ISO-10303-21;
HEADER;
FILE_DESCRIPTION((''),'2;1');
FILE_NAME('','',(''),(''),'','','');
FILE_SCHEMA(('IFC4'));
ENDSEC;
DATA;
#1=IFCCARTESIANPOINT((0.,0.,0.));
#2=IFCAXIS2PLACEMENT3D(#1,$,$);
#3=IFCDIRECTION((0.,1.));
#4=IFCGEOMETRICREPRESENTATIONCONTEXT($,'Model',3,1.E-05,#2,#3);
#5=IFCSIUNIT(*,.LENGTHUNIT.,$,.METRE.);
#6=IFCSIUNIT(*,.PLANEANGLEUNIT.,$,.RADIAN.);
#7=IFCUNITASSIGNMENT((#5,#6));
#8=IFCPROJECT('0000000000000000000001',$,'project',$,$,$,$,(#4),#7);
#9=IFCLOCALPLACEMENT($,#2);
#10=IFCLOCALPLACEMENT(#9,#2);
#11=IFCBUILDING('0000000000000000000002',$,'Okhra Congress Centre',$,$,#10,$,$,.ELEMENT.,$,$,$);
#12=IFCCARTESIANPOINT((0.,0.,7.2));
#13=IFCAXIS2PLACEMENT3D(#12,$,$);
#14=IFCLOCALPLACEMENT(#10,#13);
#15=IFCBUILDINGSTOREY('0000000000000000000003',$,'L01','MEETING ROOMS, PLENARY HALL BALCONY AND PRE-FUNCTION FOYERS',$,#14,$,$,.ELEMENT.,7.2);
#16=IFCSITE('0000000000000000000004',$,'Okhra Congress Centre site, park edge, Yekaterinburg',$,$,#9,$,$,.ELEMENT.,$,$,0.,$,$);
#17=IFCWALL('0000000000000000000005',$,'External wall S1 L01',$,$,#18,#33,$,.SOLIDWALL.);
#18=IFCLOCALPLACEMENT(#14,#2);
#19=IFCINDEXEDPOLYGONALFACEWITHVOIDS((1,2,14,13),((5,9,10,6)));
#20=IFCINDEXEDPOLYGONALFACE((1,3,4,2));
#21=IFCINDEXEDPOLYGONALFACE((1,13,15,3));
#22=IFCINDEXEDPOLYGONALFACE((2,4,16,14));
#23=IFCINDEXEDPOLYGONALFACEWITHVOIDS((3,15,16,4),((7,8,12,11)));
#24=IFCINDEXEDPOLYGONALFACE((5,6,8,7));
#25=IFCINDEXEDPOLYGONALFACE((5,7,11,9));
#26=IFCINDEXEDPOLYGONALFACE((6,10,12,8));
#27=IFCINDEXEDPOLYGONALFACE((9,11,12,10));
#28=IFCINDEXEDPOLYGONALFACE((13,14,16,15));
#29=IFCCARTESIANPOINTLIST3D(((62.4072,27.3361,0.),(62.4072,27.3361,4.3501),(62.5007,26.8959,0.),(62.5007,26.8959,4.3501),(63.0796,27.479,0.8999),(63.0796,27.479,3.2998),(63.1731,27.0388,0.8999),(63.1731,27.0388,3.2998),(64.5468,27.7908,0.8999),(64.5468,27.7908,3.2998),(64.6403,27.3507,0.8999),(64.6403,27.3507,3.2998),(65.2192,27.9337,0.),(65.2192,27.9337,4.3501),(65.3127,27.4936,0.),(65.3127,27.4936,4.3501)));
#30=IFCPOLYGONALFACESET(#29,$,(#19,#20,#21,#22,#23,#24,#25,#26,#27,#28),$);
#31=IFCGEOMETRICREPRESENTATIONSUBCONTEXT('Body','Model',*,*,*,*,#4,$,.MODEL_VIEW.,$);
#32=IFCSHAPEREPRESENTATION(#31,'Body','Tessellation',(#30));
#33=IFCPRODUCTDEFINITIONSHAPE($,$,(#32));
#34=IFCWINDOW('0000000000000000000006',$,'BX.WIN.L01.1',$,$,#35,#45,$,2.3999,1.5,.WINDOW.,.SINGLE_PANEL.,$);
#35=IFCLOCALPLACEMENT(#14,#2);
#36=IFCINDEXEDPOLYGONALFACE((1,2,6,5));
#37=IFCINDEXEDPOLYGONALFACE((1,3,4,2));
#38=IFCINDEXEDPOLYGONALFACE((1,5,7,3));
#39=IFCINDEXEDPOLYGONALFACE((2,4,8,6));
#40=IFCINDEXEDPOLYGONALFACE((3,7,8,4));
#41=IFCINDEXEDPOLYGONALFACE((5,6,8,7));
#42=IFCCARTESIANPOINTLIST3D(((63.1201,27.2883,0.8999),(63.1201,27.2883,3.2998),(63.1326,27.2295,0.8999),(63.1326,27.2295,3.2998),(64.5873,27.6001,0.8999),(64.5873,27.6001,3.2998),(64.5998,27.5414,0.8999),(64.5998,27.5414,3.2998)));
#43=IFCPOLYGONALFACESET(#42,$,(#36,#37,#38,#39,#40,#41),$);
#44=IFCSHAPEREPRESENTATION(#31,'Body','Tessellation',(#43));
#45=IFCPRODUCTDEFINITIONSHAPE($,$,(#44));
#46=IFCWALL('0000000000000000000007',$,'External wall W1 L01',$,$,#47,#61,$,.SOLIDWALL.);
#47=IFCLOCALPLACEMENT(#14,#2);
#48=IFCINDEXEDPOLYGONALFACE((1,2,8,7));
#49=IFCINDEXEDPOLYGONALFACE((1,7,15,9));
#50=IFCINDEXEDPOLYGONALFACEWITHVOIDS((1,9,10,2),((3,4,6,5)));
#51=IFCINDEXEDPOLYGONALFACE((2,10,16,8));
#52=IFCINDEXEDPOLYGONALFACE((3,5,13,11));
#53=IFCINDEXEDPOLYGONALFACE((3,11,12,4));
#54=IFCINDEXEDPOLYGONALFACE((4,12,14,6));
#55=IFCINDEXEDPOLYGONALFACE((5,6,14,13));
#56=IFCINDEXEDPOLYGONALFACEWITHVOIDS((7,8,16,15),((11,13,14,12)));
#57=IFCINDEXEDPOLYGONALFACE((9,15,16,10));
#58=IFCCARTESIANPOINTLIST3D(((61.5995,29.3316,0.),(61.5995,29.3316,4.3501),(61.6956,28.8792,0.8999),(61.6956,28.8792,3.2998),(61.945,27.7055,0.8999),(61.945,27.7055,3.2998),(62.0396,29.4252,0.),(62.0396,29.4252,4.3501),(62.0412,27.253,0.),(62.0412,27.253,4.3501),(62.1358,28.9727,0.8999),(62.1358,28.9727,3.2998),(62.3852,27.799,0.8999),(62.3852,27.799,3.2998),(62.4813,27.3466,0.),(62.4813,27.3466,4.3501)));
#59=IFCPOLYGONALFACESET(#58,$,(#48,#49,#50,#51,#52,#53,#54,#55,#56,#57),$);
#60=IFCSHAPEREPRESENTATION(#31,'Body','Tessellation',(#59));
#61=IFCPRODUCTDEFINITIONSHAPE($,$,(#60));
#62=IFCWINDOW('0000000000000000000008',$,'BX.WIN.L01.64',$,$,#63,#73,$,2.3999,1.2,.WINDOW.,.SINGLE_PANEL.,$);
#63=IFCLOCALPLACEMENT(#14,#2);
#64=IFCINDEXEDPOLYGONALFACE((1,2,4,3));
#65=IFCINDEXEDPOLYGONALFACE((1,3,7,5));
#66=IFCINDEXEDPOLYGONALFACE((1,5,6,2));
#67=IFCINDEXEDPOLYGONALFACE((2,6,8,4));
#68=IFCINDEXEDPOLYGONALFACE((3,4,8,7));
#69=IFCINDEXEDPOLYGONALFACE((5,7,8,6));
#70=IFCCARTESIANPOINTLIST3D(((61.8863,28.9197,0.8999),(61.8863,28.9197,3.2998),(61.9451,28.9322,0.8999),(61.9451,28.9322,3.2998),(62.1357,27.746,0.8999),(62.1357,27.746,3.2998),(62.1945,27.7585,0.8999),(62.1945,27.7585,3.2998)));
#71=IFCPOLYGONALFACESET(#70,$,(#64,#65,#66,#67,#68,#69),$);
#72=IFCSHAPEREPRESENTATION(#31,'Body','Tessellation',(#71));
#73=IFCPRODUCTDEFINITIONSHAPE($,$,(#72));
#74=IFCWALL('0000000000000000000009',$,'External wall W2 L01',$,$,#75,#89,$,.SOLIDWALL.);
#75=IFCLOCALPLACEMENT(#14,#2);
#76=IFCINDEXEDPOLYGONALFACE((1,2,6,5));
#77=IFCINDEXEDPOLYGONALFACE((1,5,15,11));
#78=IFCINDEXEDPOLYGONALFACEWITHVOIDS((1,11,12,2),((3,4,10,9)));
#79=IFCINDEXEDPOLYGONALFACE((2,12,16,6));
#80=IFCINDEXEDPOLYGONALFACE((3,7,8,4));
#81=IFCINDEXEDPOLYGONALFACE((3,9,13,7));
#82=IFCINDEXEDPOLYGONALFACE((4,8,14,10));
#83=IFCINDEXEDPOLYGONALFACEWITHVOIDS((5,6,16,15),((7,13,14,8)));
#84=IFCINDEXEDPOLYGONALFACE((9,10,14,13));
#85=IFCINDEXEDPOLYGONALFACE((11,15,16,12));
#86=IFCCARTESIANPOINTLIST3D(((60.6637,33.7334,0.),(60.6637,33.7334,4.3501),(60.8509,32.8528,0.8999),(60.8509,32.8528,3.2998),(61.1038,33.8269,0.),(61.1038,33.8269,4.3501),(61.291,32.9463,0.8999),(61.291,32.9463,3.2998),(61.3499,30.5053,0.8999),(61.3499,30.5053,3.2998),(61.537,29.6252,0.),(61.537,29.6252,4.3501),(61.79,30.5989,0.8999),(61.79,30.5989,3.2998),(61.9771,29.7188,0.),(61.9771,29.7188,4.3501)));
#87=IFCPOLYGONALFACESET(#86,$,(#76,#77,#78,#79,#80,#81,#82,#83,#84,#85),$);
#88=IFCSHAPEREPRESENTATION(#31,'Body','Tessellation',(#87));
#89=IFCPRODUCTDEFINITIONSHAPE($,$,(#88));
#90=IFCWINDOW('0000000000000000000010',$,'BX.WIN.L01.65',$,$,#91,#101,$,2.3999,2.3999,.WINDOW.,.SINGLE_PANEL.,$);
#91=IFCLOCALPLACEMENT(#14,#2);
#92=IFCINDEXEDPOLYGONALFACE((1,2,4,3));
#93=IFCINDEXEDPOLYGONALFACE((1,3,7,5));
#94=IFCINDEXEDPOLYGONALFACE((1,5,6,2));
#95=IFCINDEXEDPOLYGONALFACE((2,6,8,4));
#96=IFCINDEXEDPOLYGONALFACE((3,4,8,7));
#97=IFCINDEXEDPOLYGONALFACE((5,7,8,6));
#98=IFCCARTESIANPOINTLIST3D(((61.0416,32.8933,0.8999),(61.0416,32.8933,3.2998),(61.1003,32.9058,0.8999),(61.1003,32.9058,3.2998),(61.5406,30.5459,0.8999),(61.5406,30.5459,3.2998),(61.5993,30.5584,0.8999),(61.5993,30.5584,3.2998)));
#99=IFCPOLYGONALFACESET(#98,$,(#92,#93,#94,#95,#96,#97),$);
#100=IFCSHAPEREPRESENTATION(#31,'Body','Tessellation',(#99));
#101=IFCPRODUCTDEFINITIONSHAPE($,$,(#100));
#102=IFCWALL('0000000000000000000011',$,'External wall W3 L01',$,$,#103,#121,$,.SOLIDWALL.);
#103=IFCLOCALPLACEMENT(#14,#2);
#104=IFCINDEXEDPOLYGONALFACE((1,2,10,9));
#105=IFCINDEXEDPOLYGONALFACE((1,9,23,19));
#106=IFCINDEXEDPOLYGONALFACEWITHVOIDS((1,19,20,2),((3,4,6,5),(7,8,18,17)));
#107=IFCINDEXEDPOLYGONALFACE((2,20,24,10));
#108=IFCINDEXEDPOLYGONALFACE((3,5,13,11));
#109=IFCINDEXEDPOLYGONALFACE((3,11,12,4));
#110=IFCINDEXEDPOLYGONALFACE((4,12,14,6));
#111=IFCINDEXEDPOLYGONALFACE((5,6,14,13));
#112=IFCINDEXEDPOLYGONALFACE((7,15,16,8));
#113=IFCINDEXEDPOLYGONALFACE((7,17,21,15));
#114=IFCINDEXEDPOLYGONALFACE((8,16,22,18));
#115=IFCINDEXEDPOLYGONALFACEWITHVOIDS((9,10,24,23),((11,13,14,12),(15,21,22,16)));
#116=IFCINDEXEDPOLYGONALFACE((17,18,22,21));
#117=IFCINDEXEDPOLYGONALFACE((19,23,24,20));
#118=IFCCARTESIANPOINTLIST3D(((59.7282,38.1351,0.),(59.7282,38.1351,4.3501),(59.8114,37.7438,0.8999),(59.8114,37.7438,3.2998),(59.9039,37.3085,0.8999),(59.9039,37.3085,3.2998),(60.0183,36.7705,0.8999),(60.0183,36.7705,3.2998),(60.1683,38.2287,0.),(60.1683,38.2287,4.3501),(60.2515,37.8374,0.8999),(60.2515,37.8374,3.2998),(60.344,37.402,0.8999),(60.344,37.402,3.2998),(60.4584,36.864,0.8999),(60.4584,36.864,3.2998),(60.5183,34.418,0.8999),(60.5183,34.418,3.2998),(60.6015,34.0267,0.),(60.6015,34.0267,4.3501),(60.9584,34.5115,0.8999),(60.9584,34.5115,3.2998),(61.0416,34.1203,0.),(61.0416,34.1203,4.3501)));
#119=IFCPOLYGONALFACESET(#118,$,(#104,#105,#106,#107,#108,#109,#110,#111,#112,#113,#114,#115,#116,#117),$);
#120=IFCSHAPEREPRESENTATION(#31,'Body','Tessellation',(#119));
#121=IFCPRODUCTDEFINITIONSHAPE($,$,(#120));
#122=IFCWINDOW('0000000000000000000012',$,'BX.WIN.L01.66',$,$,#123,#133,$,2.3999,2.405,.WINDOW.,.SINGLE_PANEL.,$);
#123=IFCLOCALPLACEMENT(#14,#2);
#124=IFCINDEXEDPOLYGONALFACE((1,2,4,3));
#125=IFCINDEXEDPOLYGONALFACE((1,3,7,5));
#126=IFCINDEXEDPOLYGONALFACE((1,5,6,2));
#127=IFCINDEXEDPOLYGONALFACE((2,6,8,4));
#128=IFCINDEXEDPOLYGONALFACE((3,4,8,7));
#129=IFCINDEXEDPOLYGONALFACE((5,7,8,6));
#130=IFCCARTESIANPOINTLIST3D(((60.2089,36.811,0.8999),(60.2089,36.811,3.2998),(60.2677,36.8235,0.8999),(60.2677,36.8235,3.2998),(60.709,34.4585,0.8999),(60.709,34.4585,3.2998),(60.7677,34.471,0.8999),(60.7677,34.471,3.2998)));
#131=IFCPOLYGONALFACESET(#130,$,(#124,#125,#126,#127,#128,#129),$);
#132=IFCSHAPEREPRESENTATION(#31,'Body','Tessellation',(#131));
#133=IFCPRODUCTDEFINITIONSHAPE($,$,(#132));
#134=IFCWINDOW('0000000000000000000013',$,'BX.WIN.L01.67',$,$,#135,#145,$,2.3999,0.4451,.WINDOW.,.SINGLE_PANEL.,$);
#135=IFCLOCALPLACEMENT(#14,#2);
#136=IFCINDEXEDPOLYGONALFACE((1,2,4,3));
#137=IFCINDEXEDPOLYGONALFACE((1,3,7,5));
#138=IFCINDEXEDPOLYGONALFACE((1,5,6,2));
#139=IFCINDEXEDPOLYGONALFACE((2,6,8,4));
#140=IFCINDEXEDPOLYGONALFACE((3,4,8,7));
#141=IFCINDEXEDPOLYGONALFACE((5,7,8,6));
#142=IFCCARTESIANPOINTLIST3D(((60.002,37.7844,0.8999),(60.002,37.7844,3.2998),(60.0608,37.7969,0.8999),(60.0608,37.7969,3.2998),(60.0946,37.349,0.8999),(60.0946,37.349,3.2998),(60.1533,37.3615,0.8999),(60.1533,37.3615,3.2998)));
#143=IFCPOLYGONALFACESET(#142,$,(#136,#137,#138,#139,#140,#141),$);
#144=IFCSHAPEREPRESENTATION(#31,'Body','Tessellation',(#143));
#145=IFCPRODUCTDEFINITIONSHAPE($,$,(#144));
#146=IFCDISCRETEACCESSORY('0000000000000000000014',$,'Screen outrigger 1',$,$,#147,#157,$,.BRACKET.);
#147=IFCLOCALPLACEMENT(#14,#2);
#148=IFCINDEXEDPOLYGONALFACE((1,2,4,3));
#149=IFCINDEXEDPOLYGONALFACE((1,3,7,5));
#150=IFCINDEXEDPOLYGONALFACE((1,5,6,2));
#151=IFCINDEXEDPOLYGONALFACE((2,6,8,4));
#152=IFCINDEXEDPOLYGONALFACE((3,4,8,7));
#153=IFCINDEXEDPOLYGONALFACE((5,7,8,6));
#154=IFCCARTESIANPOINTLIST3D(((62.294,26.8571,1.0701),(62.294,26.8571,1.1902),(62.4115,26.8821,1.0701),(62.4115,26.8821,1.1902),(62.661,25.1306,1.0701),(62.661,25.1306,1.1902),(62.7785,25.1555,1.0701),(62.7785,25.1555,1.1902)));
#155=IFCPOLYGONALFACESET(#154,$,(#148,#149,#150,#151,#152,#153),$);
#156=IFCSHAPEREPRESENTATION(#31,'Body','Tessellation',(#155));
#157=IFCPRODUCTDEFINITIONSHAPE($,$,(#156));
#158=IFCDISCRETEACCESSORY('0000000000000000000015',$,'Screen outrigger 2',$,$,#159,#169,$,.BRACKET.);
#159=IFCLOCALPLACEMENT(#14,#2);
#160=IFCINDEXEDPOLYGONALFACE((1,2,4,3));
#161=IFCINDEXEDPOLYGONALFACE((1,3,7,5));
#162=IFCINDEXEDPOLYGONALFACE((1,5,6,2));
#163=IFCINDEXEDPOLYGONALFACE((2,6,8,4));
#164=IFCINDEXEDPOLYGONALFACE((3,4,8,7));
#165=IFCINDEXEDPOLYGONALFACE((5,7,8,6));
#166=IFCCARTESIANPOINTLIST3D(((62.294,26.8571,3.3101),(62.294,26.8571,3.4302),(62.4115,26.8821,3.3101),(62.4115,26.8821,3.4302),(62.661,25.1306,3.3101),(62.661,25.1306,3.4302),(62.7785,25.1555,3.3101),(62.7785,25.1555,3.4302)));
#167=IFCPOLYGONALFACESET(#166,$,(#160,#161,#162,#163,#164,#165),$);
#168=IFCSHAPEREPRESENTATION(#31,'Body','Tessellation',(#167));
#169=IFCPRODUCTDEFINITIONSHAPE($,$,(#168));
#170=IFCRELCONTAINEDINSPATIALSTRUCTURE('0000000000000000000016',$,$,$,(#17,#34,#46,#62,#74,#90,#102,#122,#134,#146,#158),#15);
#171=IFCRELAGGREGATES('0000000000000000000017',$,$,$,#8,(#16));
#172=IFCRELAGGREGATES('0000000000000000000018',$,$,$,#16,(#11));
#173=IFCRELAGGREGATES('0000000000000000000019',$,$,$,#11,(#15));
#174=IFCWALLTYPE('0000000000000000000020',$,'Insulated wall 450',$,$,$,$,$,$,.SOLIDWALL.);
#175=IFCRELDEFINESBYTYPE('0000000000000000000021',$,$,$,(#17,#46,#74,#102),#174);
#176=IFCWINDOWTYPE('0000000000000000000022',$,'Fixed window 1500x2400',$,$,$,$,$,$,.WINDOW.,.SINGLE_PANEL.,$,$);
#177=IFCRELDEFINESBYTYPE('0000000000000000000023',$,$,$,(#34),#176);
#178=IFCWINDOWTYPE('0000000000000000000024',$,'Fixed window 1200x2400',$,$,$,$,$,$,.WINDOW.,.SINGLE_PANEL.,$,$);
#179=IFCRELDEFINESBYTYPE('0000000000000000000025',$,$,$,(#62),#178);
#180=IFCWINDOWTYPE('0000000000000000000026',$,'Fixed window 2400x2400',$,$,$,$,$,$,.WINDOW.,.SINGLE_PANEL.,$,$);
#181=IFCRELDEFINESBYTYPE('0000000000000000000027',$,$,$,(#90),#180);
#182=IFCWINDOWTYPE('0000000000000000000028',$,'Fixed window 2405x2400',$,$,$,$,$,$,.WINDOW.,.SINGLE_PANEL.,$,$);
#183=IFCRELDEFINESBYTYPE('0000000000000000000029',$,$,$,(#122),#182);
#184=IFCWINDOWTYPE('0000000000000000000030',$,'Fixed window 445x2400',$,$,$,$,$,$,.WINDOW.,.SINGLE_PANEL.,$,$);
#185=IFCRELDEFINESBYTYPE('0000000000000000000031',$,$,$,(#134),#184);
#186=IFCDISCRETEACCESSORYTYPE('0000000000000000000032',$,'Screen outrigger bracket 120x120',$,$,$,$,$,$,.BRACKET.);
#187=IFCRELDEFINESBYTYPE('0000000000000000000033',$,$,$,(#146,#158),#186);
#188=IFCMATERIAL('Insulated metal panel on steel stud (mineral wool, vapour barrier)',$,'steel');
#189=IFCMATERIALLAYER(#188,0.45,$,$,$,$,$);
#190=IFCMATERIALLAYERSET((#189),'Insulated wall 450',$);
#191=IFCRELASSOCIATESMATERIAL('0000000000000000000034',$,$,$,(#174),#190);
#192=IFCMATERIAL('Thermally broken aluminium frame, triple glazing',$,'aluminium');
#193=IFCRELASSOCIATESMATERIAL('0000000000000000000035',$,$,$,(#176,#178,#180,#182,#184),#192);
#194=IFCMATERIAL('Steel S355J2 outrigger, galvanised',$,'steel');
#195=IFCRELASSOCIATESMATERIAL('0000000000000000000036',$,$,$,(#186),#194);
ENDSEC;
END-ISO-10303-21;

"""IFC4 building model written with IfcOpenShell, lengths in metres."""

from ifc_helpers import new_model, si_unit, direction, frame, frame_2d, origin, origin_2d, place, context, subcontext, project, spatial, rectangle, extrude, material, layer, layer_set, material_profile, profile_set, type_object, element, fill, save


model = new_model("IFC4")

# Units and contexts
model_context = context("Model", 3, precision=1e-05, world=origin(), true_north=direction((0.0, 1.0)))
body_context = subcontext(model_context, "Body", "Model", "MODEL_VIEW")
ifc_project = project(units=[si_unit("LENGTHUNIT", "METRE"), si_unit("PLANEANGLEUNIT", "RADIAN")], contexts=[model_context])

# Site, building, storey
site_placement = place(None, origin())
site = spatial("IfcSite", under=ifc_project, at=site_placement, Name="Okhra Congress Centre site, park edge, Yekaterinburg", CompositionType="ELEMENT", RefElevation=0.0)
building_placement = place(site_placement, origin())
building = spatial("IfcBuilding", under=site, at=building_placement, Name="Okhra Congress Centre", CompositionType="ELEMENT")
storey_placement = place(building_placement, frame((0.0, 0.0, 7.2)))
storey = spatial("IfcBuildingStorey", under=building, at=storey_placement, Name="L01", Description="MEETING ROOMS, PLENARY HALL BALCONY AND PRE-FUNCTION FOYERS", CompositionType="ELEMENT", Elevation=7.2)

# Walls, openings, windows
ifc_material_1 = material(Name="Insulated metal panel on steel stud (mineral wool, vapour barrier)", Category="steel")
ifc_layer_1 = layer(ifc_material_1, 0.45)
ifc_layer_set_1 = layer_set([ifc_layer_1], Name="Insulated wall 450")
wall_type = type_object("IfcWallType", Name="Insulated wall 450", PredefinedType="SOLIDWALL", material=ifc_layer_set_1)
wall_1_placement = place(storey_placement, frame((62.4539, 27.116, 0.0), z_axis=(0.0, 0.0, 1.0), x_axis=(0.978152, 0.207893, 0.0)))
wall_1 = element("IfcWall", 1, at=wall_1_placement, inside=storey, type_object=wall_type, Name="External wall S1 L01", PredefinedType="SOLIDWALL", context=body_context, shape_type="SweptSolid", body=[
    extrude(rectangle(XDim=2.8748, YDim=0.45, at=frame_2d((1.4375, 0.0))), origin(), (0.0, 0.0, 1.0), 4.3501),
])
opening_1_placement = place(wall_1_placement, frame((0.6875, 0.0, 0.8999)))
opening_1 = element("IfcOpeningElement", 2, at=opening_1_placement, cuts=wall_1, PredefinedType="OPENING", context=body_context, shape_type="SweptSolid", body=[
    extrude(rectangle(XDim=1.5, YDim=2.3999, at=frame_2d((0.75, 1.2))), frame((0.0, 0.2349, 0.0), z_axis=(0.0, -1.0, 0.0), x_axis=(1.0, 0.0, 0.0)), (0.0, 0.0, 1.0), 0.47),
])
ifc_material_2 = material(Name="Thermally broken aluminium frame, triple glazing", Category="aluminium")
window_type_1 = type_object("IfcWindowType", Name="Fixed window 1500x2400", PartitioningType="SINGLE_PANEL", PredefinedType="WINDOW", material=ifc_material_2)
window_1_placement = place(opening_1_placement, origin())
window_1 = element("IfcWindow", 3, at=window_1_placement, inside=storey, type_object=window_type_1, Name="BX.WIN.L01.1", OverallHeight=2.3999, OverallWidth=1.5, PartitioningType="SINGLE_PANEL", PredefinedType="WINDOW", context=body_context, shape_type="SweptSolid", body=[
    extrude(rectangle(XDim=1.5, YDim=2.3999, at=frame_2d((0.75, 1.2))), frame((0.0, 0.03, 0.0), z_axis=(0.0, -1.0, 0.0), x_axis=(1.0, 0.0, 0.0)), (0.0, 0.0, 1.0), 0.0601),
])
fill(opening_1, window_1)
wall_2_placement = place(storey_placement, frame((62.2612, 27.2998, 0.0), z_axis=(0.0, 0.0, 1.0), x_axis=(-0.207834, 0.978164, 0.0)))
wall_2 = element("IfcWall", 4, at=wall_2_placement, inside=storey, type_object=wall_type, Name="External wall W1 L01", PredefinedType="SOLIDWALL", context=body_context, shape_type="SweptSolid", body=[
    extrude(rectangle(XDim=2.125, YDim=0.45, at=frame_2d((1.0625, 0.0))), origin(), (0.0, 0.0, 1.0), 4.3501),
])
opening_2_placement = place(wall_2_placement, frame((0.4624, 0.0, 0.8999)))
opening_2 = element("IfcOpeningElement", 5, at=opening_2_placement, cuts=wall_2, PredefinedType="OPENING", context=body_context, shape_type="SweptSolid", body=[
    extrude(rectangle(XDim=1.2, YDim=2.3999, at=frame_2d((0.6001, 1.2))), frame((0.0, 0.2349, 0.0), z_axis=(0.0, -1.0, 0.0), x_axis=(1.0, 0.0, 0.0)), (0.0, 0.0, 1.0), 0.47),
])
window_type_2 = type_object("IfcWindowType", Name="Fixed window 1200x2400", PartitioningType="SINGLE_PANEL", PredefinedType="WINDOW", material=ifc_material_2)
window_2_placement = place(opening_2_placement, origin())
window_2 = element("IfcWindow", 6, at=window_2_placement, inside=storey, type_object=window_type_2, Name="BX.WIN.L01.64", OverallHeight=2.3999, OverallWidth=1.2, PartitioningType="SINGLE_PANEL", PredefinedType="WINDOW", context=body_context, shape_type="SweptSolid", body=[
    extrude(rectangle(XDim=1.2, YDim=2.3999, at=frame_2d((0.6001, 1.2))), frame((0.0, 0.03, 0.0), z_axis=(0.0, -1.0, 0.0), x_axis=(1.0, 0.0, 0.0)), (0.0, 0.0, 1.0), 0.0601),
])
fill(opening_2, window_2)
wall_3_placement = place(storey_placement, frame((61.7571, 29.6719, 0.0), z_axis=(0.0, 0.0, 1.0), x_axis=(-0.207929, 0.978144, 0.0)))
wall_3 = element("IfcWall", 7, at=wall_3_placement, inside=storey, type_object=wall_type, Name="External wall W2 L01", PredefinedType="SOLIDWALL", context=body_context, shape_type="SweptSolid", body=[
    extrude(rectangle(XDim=4.2, YDim=0.45, at=frame_2d((2.1001, 0.0))), origin(), (0.0, 0.0, 1.0), 4.3501),
])
opening_3_placement = place(wall_3_placement, frame((0.8999, 0.0, 0.8999)))
opening_3 = element("IfcOpeningElement", 8, at=opening_3_placement, cuts=wall_3, PredefinedType="OPENING", context=body_context, shape_type="SweptSolid", body=[
    extrude(rectangle(XDim=2.3999, YDim=2.3999, at=frame_2d((1.2, 1.2))), frame((0.0, 0.2349, 0.0), z_axis=(0.0, -1.0, 0.0), x_axis=(1.0, 0.0, 0.0)), (0.0, 0.0, 1.0), 0.47),
])
window_type_3 = type_object("IfcWindowType", Name="Fixed window 2400x2400", PartitioningType="SINGLE_PANEL", PredefinedType="WINDOW", material=ifc_material_2)
window_3_placement = place(opening_3_placement, origin())
window_3 = element("IfcWindow", 9, at=window_3_placement, inside=storey, type_object=window_type_3, Name="BX.WIN.L01.65", OverallHeight=2.3999, OverallWidth=2.3999, PartitioningType="SINGLE_PANEL", PredefinedType="WINDOW", context=body_context, shape_type="SweptSolid", body=[
    extrude(rectangle(XDim=2.3999, YDim=2.3999, at=frame_2d((1.2, 1.2))), frame((0.0, 0.03, 0.0), z_axis=(0.0, -1.0, 0.0), x_axis=(1.0, 0.0, 0.0)), (0.0, 0.0, 1.0), 0.0601),
])
fill(opening_3, window_3)

# Wall, openings, windows
wall_4_placement = place(storey_placement, frame((60.8215, 34.0735, 0.0), z_axis=(0.0, 0.0, 1.0), x_axis=(-0.207917, 0.978146, 0.0)))
wall_4 = element("IfcWall", 10, at=wall_4_placement, inside=storey, type_object=wall_type, Name="External wall W3 L01", PredefinedType="SOLIDWALL", context=body_context, shape_type="SweptSolid", body=[
    extrude(rectangle(XDim=4.2002, YDim=0.45, at=frame_2d((2.1001, 0.0))), origin(), (0.0, 0.0, 1.0), 4.3501),
])
opening_4_placement = place(wall_4_placement, frame((0.3999, 0.0, 0.8999)))
opening_4 = element("IfcOpeningElement", 11, at=opening_4_placement, cuts=wall_4, PredefinedType="OPENING", context=body_context, shape_type="SweptSolid", body=[
    extrude(rectangle(XDim=2.405, YDim=2.3999, at=frame_2d((1.2026, 1.2))), frame((0.0, 0.2349, 0.0), z_axis=(0.0, -1.0, 0.0), x_axis=(1.0, 0.0, 0.0)), (0.0, 0.0, 1.0), 0.47),
])
opening_5_placement = place(wall_4_placement, frame((3.355, 0.0, 0.8999)))
opening_5 = element("IfcOpeningElement", 12, at=opening_5_placement, cuts=wall_4, PredefinedType="OPENING", context=body_context, shape_type="SweptSolid", body=[
    extrude(rectangle(XDim=0.4451, YDim=2.3999, at=frame_2d((0.2227, 1.2))), frame((0.0, 0.2349, 0.0), z_axis=(0.0, -1.0, 0.0), x_axis=(1.0, 0.0, 0.0)), (0.0, 0.0, 1.0), 0.47),
])
window_type_4 = type_object("IfcWindowType", Name="Fixed window 2405x2400", PartitioningType="SINGLE_PANEL", PredefinedType="WINDOW", material=ifc_material_2)
window_4_placement = place(opening_4_placement, origin())
window_4 = element("IfcWindow", 13, at=window_4_placement, inside=storey, type_object=window_type_4, Name="BX.WIN.L01.66", OverallHeight=2.3999, OverallWidth=2.405, PartitioningType="SINGLE_PANEL", PredefinedType="WINDOW", context=body_context, shape_type="SweptSolid", body=[
    extrude(rectangle(XDim=2.405, YDim=2.3999, at=frame_2d((1.2026, 1.2))), frame((0.0, 0.03, 0.0), z_axis=(0.0, -1.0, 0.0), x_axis=(1.0, 0.0, 0.0)), (0.0, 0.0, 1.0), 0.0601),
])
fill(opening_4, window_4)
window_type_5 = type_object("IfcWindowType", Name="Fixed window 445x2400", PartitioningType="SINGLE_PANEL", PredefinedType="WINDOW", material=ifc_material_2)
window_5_placement = place(opening_5_placement, origin())
window_5 = element("IfcWindow", 14, at=window_5_placement, inside=storey, type_object=window_type_5, Name="BX.WIN.L01.67", OverallHeight=2.3999, OverallWidth=0.4451, PartitioningType="SINGLE_PANEL", PredefinedType="WINDOW", context=body_context, shape_type="SweptSolid", body=[
    extrude(rectangle(XDim=0.4451, YDim=2.3999, at=frame_2d((0.2227, 1.2))), frame((0.0, 0.03, 0.0), z_axis=(0.0, -1.0, 0.0), x_axis=(1.0, 0.0, 0.0)), (0.0, 0.0, 1.0), 0.0601),
])
fill(opening_5, window_5)

# Discrete accessories
ifc_material_3 = material(Name="Steel S355J2 outrigger, galvanised", Category="steel")
ifc_material_profile_1 = material_profile(ifc_material_3, rectangle(XDim=0.1201, YDim=0.1201, at=origin_2d()), Name="Screen outrigger bracket 120x120")
ifc_profile_set_1 = profile_set([ifc_material_profile_1], Name="Steel S355J2 outrigger, galvanised")
discrete_accessory_type = type_object("IfcDiscreteAccessoryType", Name="Screen outrigger bracket 120x120", PredefinedType="BRACKET", material=ifc_profile_set_1)
for number, where, z_axis, x_axis, name in (
    (15, (62.3528, 26.8696, 1.1301), (0.207885, -0.978153, 0.0), (0.978153, 0.207885, 0.0), "Screen outrigger 1"),
    (16, (62.3528, 26.8696, 3.3701), (0.207885, -0.978153, 0.0), (0.978153, 0.207885, 0.0), "Screen outrigger 2"),
):
    element("IfcDiscreteAccessory", number, at=place(storey_placement, frame(where, z_axis=z_axis, x_axis=x_axis)), inside=storey, type_object=discrete_accessory_type, Name=name, PredefinedType="BRACKET", context=body_context, shape_type="SweptSolid", body=[
        extrude(rectangle(XDim=0.1201, YDim=0.1201, at=origin_2d()), origin(), (0.0, 0.0, 1.0), 1.7651),
    ])

save(model, "model.ifc")
